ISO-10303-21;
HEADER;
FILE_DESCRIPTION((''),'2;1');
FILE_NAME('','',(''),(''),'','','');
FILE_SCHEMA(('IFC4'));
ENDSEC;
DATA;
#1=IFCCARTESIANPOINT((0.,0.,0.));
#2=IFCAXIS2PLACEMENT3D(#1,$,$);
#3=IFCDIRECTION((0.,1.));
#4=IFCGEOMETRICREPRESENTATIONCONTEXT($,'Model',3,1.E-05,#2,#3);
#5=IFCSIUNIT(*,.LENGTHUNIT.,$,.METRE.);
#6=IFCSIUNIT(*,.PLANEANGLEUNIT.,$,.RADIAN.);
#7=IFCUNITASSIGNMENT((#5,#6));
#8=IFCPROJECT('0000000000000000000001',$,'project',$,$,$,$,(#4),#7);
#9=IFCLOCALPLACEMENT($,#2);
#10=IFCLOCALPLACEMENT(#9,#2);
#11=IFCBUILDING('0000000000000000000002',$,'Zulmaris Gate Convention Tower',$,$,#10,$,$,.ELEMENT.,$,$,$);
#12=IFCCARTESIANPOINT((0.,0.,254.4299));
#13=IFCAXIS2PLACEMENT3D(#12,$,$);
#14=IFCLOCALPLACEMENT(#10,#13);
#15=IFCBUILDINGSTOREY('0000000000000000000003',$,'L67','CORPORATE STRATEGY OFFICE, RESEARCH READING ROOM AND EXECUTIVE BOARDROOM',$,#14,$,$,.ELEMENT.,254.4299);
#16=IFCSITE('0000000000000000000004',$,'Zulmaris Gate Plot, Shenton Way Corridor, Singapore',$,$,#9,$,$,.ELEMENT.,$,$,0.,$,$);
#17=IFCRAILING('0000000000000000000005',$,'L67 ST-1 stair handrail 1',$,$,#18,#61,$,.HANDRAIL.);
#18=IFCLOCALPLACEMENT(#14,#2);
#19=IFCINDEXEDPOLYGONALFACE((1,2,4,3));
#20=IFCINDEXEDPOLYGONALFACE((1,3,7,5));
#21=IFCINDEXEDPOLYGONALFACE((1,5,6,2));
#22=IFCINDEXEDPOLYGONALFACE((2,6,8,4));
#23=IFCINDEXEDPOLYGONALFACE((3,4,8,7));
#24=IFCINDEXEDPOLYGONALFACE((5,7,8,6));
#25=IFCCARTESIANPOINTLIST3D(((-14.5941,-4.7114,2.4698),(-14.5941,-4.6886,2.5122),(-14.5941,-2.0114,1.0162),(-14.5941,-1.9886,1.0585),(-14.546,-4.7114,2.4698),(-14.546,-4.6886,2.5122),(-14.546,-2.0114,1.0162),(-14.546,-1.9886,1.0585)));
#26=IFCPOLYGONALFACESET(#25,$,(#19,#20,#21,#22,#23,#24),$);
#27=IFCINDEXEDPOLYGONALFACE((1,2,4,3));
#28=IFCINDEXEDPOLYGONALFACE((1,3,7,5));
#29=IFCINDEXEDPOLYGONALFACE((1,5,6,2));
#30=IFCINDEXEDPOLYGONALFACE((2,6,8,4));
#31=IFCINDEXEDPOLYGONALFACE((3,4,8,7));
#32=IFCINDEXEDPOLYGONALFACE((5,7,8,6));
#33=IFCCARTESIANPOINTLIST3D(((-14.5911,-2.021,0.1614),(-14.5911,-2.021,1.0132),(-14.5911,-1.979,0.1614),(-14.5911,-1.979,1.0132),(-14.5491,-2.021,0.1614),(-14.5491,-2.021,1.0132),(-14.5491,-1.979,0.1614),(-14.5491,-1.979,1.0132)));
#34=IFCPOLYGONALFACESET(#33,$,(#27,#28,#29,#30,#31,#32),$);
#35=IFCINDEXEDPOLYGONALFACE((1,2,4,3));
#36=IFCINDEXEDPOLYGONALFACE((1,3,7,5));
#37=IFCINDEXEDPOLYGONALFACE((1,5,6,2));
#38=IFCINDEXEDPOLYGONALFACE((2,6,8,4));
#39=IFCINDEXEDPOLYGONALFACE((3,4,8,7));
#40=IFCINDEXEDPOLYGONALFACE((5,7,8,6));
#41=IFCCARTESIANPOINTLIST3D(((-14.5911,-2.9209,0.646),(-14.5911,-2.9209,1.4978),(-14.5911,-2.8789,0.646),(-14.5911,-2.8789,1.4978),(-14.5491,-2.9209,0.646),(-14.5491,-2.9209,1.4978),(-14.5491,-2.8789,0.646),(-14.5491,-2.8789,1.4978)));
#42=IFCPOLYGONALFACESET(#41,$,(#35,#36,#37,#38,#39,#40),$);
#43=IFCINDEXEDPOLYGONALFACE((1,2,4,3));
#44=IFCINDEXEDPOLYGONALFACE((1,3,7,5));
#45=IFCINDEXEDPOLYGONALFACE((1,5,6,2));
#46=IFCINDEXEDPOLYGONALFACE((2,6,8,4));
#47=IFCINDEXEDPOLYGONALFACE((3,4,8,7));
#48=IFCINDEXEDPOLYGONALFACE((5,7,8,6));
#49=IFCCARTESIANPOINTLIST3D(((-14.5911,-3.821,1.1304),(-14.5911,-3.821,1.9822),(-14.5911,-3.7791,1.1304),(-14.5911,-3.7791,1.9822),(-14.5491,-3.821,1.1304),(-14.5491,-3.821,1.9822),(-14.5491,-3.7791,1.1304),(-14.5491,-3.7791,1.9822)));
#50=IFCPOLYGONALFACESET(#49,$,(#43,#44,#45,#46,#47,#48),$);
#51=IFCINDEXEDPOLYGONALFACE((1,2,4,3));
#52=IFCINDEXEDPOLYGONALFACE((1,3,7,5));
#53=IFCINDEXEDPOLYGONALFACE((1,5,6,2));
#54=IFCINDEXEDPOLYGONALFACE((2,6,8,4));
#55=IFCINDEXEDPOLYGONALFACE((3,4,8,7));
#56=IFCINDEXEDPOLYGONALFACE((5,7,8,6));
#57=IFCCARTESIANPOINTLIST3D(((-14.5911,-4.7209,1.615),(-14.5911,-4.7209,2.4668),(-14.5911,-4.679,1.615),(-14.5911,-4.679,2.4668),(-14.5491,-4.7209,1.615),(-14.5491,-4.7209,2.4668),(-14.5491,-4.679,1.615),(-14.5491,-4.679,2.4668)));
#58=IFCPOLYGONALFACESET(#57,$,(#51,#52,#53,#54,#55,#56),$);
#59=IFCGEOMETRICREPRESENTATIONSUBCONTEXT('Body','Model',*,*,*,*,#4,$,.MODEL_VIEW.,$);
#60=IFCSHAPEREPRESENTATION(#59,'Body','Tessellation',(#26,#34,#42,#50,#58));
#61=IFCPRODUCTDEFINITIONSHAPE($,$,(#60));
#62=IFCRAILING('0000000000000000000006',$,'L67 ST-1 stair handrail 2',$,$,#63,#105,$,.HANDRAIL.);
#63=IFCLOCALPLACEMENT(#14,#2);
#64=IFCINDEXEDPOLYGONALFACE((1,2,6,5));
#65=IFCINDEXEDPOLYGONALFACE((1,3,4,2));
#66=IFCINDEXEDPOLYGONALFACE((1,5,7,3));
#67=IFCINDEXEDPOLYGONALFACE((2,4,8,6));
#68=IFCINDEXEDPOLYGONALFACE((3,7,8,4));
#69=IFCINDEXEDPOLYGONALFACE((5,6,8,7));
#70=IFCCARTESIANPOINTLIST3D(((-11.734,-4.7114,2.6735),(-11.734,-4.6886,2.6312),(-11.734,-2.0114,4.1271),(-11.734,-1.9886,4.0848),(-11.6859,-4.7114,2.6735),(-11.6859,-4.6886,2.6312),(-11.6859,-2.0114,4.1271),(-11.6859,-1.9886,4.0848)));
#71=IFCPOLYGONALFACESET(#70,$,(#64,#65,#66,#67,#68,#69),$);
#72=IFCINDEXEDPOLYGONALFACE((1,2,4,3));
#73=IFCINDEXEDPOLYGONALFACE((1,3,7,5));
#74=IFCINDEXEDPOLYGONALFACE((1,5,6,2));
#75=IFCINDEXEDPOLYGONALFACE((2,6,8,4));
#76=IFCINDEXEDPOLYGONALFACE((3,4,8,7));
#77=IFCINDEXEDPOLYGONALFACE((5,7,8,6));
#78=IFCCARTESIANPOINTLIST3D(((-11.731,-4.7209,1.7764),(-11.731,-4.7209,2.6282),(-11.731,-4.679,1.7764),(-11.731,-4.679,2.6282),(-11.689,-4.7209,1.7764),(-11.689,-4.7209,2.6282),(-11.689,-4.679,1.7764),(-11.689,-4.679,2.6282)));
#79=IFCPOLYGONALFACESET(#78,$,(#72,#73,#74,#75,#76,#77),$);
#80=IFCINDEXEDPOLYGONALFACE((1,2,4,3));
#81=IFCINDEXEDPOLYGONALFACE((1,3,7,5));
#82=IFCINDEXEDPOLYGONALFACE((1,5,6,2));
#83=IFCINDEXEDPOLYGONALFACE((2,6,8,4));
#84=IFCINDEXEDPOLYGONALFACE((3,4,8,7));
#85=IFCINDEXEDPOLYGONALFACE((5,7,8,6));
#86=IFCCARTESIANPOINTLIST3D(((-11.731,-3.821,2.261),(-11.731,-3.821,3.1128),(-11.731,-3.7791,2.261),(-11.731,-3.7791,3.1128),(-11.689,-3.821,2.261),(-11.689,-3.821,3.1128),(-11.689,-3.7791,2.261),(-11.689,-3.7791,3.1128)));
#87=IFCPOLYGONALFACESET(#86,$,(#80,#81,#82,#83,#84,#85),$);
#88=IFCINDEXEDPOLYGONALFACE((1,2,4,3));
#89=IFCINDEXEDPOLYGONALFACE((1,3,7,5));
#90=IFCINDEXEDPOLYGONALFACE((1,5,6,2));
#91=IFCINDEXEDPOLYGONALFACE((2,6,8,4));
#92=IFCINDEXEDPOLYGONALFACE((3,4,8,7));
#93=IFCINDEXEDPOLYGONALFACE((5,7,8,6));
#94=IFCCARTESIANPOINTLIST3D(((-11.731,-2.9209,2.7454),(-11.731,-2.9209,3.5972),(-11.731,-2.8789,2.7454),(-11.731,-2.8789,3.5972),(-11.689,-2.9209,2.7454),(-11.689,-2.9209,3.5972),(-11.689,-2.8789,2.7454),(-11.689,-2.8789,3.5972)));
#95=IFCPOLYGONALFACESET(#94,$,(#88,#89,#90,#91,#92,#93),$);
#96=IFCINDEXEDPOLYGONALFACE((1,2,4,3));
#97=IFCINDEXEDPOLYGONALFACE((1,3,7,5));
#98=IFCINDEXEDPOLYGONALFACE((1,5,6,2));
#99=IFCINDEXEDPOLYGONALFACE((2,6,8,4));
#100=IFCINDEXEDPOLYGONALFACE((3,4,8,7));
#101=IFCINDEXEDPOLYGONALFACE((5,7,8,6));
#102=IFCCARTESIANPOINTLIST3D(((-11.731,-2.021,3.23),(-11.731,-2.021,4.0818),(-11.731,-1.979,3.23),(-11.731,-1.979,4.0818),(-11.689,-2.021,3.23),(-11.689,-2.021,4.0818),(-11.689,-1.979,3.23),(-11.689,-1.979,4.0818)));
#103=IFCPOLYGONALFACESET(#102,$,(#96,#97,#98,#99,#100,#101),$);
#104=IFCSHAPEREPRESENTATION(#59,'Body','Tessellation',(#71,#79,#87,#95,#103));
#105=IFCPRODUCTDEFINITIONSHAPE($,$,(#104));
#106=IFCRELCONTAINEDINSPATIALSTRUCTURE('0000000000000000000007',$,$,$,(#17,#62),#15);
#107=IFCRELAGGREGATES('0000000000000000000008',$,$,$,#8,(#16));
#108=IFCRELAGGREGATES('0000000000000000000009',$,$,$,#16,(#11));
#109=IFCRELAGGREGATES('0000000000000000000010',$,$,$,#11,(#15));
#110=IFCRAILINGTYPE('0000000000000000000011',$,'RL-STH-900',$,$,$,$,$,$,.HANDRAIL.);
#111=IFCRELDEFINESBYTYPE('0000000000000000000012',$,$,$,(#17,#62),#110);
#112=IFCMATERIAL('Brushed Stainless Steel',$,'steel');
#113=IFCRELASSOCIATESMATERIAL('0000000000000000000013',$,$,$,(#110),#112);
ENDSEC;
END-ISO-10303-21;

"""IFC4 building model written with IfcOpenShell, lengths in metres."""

from ifc_helpers import new_model, si_unit, direction, frame, origin, origin_2d, place, context, subcontext, project, spatial, rectangle, extrude, material, type_object, element, save


model = new_model("IFC4")

# Units and contexts
model_context = context("Model", 3, precision=1e-05, world=origin(), true_north=direction((0.0, 1.0)))
body_context = subcontext(model_context, "Body", "Model", "MODEL_VIEW")
ifc_project = project(units=[si_unit("LENGTHUNIT", "METRE"), si_unit("PLANEANGLEUNIT", "RADIAN")], contexts=[model_context])

# Site, building, storey
site_placement = place(None, origin())
site = spatial("IfcSite", under=ifc_project, at=site_placement, Name="Zulmaris Gate Plot, Shenton Way Corridor, Singapore", CompositionType="ELEMENT", RefElevation=0.0)
building_placement = place(site_placement, origin())
building = spatial("IfcBuilding", under=site, at=building_placement, Name="Zulmaris Gate Convention Tower", CompositionType="ELEMENT")
storey_placement = place(building_placement, frame((0.0, 0.0, 254.4299)))
storey = spatial("IfcBuildingStorey", under=building, at=storey_placement, Name="L67", Description="CORPORATE STRATEGY OFFICE, RESEARCH READING ROOM AND EXECUTIVE BOARDROOM", CompositionType="ELEMENT", Elevation=254.4299)

# Railings
ifc_material_1 = material(Name="Brushed Stainless Steel", Category="steel")
railing_type_1 = type_object("IfcRailingType", Name="RL-STH-900", PredefinedType="HANDRAIL", material=ifc_material_1)
railing_1_placement = place(storey_placement, frame((-14.5701, -2.0, 0.1614)))
element("IfcRailing", 1, at=railing_1_placement, inside=storey, type_object=railing_type_1, Name="L67 ST-1 stair handrail 1", PredefinedType="HANDRAIL", context=body_context, shape_type="SweptSolid", body=[
    extrude(rectangle(XDim=0.0481, YDim=0.0481, at=origin_2d()), frame((0.0, 0.0, 0.876), z_axis=(0.0, -0.880499, 0.474048), x_axis=(1.0, 0.0, 0.0)), (0.0, 0.0, 1.0), 3.0664),
    extrude(rectangle(XDim=0.042, YDim=0.042, at=origin_2d()), origin(), (0.0, 0.0, 1.0), 0.8518),
    extrude(rectangle(XDim=0.042, YDim=0.042, at=origin_2d()), frame((0.0, -0.8999, 0.4846)), (0.0, 0.0, 1.0), 0.8518),
    extrude(rectangle(XDim=0.042, YDim=0.042, at=origin_2d()), frame((0.0, -1.8, 0.969)), (0.0, 0.0, 1.0), 0.8518),
    extrude(rectangle(XDim=0.042, YDim=0.042, at=origin_2d()), frame((0.0, -2.7, 1.4536)), (0.0, 0.0, 1.0), 0.8518),
])
railing_2_placement = place(storey_placement, frame((-11.71, -4.7, 1.7764)))
element("IfcRailing", 2, at=railing_2_placement, inside=storey, type_object=railing_type_1, Name="L67 ST-1 stair handrail 2", PredefinedType="HANDRAIL", context=body_context, shape_type="SweptSolid", body=[
    extrude(rectangle(XDim=0.0481, YDim=0.0481, at=origin_2d()), frame((0.0, 0.0, 0.876), z_axis=(0.0, 0.880499, 0.474048), x_axis=(-1.0, 0.0, 0.0)), (0.0, 0.0, 1.0), 3.0664),
    extrude(rectangle(XDim=0.042, YDim=0.042, at=origin_2d()), origin(), (0.0, 0.0, 1.0), 0.8518),
    extrude(rectangle(XDim=0.042, YDim=0.042, at=origin_2d()), frame((0.0, 0.8999, 0.4846)), (0.0, 0.0, 1.0), 0.8518),
    extrude(rectangle(XDim=0.042, YDim=0.042, at=origin_2d()), frame((0.0, 1.8, 0.969)), (0.0, 0.0, 1.0), 0.8518),
    extrude(rectangle(XDim=0.042, YDim=0.042, at=origin_2d()), frame((0.0, 2.7, 1.4536)), (0.0, 0.0, 1.0), 0.8518),
])

save(model, "model.ifc")
